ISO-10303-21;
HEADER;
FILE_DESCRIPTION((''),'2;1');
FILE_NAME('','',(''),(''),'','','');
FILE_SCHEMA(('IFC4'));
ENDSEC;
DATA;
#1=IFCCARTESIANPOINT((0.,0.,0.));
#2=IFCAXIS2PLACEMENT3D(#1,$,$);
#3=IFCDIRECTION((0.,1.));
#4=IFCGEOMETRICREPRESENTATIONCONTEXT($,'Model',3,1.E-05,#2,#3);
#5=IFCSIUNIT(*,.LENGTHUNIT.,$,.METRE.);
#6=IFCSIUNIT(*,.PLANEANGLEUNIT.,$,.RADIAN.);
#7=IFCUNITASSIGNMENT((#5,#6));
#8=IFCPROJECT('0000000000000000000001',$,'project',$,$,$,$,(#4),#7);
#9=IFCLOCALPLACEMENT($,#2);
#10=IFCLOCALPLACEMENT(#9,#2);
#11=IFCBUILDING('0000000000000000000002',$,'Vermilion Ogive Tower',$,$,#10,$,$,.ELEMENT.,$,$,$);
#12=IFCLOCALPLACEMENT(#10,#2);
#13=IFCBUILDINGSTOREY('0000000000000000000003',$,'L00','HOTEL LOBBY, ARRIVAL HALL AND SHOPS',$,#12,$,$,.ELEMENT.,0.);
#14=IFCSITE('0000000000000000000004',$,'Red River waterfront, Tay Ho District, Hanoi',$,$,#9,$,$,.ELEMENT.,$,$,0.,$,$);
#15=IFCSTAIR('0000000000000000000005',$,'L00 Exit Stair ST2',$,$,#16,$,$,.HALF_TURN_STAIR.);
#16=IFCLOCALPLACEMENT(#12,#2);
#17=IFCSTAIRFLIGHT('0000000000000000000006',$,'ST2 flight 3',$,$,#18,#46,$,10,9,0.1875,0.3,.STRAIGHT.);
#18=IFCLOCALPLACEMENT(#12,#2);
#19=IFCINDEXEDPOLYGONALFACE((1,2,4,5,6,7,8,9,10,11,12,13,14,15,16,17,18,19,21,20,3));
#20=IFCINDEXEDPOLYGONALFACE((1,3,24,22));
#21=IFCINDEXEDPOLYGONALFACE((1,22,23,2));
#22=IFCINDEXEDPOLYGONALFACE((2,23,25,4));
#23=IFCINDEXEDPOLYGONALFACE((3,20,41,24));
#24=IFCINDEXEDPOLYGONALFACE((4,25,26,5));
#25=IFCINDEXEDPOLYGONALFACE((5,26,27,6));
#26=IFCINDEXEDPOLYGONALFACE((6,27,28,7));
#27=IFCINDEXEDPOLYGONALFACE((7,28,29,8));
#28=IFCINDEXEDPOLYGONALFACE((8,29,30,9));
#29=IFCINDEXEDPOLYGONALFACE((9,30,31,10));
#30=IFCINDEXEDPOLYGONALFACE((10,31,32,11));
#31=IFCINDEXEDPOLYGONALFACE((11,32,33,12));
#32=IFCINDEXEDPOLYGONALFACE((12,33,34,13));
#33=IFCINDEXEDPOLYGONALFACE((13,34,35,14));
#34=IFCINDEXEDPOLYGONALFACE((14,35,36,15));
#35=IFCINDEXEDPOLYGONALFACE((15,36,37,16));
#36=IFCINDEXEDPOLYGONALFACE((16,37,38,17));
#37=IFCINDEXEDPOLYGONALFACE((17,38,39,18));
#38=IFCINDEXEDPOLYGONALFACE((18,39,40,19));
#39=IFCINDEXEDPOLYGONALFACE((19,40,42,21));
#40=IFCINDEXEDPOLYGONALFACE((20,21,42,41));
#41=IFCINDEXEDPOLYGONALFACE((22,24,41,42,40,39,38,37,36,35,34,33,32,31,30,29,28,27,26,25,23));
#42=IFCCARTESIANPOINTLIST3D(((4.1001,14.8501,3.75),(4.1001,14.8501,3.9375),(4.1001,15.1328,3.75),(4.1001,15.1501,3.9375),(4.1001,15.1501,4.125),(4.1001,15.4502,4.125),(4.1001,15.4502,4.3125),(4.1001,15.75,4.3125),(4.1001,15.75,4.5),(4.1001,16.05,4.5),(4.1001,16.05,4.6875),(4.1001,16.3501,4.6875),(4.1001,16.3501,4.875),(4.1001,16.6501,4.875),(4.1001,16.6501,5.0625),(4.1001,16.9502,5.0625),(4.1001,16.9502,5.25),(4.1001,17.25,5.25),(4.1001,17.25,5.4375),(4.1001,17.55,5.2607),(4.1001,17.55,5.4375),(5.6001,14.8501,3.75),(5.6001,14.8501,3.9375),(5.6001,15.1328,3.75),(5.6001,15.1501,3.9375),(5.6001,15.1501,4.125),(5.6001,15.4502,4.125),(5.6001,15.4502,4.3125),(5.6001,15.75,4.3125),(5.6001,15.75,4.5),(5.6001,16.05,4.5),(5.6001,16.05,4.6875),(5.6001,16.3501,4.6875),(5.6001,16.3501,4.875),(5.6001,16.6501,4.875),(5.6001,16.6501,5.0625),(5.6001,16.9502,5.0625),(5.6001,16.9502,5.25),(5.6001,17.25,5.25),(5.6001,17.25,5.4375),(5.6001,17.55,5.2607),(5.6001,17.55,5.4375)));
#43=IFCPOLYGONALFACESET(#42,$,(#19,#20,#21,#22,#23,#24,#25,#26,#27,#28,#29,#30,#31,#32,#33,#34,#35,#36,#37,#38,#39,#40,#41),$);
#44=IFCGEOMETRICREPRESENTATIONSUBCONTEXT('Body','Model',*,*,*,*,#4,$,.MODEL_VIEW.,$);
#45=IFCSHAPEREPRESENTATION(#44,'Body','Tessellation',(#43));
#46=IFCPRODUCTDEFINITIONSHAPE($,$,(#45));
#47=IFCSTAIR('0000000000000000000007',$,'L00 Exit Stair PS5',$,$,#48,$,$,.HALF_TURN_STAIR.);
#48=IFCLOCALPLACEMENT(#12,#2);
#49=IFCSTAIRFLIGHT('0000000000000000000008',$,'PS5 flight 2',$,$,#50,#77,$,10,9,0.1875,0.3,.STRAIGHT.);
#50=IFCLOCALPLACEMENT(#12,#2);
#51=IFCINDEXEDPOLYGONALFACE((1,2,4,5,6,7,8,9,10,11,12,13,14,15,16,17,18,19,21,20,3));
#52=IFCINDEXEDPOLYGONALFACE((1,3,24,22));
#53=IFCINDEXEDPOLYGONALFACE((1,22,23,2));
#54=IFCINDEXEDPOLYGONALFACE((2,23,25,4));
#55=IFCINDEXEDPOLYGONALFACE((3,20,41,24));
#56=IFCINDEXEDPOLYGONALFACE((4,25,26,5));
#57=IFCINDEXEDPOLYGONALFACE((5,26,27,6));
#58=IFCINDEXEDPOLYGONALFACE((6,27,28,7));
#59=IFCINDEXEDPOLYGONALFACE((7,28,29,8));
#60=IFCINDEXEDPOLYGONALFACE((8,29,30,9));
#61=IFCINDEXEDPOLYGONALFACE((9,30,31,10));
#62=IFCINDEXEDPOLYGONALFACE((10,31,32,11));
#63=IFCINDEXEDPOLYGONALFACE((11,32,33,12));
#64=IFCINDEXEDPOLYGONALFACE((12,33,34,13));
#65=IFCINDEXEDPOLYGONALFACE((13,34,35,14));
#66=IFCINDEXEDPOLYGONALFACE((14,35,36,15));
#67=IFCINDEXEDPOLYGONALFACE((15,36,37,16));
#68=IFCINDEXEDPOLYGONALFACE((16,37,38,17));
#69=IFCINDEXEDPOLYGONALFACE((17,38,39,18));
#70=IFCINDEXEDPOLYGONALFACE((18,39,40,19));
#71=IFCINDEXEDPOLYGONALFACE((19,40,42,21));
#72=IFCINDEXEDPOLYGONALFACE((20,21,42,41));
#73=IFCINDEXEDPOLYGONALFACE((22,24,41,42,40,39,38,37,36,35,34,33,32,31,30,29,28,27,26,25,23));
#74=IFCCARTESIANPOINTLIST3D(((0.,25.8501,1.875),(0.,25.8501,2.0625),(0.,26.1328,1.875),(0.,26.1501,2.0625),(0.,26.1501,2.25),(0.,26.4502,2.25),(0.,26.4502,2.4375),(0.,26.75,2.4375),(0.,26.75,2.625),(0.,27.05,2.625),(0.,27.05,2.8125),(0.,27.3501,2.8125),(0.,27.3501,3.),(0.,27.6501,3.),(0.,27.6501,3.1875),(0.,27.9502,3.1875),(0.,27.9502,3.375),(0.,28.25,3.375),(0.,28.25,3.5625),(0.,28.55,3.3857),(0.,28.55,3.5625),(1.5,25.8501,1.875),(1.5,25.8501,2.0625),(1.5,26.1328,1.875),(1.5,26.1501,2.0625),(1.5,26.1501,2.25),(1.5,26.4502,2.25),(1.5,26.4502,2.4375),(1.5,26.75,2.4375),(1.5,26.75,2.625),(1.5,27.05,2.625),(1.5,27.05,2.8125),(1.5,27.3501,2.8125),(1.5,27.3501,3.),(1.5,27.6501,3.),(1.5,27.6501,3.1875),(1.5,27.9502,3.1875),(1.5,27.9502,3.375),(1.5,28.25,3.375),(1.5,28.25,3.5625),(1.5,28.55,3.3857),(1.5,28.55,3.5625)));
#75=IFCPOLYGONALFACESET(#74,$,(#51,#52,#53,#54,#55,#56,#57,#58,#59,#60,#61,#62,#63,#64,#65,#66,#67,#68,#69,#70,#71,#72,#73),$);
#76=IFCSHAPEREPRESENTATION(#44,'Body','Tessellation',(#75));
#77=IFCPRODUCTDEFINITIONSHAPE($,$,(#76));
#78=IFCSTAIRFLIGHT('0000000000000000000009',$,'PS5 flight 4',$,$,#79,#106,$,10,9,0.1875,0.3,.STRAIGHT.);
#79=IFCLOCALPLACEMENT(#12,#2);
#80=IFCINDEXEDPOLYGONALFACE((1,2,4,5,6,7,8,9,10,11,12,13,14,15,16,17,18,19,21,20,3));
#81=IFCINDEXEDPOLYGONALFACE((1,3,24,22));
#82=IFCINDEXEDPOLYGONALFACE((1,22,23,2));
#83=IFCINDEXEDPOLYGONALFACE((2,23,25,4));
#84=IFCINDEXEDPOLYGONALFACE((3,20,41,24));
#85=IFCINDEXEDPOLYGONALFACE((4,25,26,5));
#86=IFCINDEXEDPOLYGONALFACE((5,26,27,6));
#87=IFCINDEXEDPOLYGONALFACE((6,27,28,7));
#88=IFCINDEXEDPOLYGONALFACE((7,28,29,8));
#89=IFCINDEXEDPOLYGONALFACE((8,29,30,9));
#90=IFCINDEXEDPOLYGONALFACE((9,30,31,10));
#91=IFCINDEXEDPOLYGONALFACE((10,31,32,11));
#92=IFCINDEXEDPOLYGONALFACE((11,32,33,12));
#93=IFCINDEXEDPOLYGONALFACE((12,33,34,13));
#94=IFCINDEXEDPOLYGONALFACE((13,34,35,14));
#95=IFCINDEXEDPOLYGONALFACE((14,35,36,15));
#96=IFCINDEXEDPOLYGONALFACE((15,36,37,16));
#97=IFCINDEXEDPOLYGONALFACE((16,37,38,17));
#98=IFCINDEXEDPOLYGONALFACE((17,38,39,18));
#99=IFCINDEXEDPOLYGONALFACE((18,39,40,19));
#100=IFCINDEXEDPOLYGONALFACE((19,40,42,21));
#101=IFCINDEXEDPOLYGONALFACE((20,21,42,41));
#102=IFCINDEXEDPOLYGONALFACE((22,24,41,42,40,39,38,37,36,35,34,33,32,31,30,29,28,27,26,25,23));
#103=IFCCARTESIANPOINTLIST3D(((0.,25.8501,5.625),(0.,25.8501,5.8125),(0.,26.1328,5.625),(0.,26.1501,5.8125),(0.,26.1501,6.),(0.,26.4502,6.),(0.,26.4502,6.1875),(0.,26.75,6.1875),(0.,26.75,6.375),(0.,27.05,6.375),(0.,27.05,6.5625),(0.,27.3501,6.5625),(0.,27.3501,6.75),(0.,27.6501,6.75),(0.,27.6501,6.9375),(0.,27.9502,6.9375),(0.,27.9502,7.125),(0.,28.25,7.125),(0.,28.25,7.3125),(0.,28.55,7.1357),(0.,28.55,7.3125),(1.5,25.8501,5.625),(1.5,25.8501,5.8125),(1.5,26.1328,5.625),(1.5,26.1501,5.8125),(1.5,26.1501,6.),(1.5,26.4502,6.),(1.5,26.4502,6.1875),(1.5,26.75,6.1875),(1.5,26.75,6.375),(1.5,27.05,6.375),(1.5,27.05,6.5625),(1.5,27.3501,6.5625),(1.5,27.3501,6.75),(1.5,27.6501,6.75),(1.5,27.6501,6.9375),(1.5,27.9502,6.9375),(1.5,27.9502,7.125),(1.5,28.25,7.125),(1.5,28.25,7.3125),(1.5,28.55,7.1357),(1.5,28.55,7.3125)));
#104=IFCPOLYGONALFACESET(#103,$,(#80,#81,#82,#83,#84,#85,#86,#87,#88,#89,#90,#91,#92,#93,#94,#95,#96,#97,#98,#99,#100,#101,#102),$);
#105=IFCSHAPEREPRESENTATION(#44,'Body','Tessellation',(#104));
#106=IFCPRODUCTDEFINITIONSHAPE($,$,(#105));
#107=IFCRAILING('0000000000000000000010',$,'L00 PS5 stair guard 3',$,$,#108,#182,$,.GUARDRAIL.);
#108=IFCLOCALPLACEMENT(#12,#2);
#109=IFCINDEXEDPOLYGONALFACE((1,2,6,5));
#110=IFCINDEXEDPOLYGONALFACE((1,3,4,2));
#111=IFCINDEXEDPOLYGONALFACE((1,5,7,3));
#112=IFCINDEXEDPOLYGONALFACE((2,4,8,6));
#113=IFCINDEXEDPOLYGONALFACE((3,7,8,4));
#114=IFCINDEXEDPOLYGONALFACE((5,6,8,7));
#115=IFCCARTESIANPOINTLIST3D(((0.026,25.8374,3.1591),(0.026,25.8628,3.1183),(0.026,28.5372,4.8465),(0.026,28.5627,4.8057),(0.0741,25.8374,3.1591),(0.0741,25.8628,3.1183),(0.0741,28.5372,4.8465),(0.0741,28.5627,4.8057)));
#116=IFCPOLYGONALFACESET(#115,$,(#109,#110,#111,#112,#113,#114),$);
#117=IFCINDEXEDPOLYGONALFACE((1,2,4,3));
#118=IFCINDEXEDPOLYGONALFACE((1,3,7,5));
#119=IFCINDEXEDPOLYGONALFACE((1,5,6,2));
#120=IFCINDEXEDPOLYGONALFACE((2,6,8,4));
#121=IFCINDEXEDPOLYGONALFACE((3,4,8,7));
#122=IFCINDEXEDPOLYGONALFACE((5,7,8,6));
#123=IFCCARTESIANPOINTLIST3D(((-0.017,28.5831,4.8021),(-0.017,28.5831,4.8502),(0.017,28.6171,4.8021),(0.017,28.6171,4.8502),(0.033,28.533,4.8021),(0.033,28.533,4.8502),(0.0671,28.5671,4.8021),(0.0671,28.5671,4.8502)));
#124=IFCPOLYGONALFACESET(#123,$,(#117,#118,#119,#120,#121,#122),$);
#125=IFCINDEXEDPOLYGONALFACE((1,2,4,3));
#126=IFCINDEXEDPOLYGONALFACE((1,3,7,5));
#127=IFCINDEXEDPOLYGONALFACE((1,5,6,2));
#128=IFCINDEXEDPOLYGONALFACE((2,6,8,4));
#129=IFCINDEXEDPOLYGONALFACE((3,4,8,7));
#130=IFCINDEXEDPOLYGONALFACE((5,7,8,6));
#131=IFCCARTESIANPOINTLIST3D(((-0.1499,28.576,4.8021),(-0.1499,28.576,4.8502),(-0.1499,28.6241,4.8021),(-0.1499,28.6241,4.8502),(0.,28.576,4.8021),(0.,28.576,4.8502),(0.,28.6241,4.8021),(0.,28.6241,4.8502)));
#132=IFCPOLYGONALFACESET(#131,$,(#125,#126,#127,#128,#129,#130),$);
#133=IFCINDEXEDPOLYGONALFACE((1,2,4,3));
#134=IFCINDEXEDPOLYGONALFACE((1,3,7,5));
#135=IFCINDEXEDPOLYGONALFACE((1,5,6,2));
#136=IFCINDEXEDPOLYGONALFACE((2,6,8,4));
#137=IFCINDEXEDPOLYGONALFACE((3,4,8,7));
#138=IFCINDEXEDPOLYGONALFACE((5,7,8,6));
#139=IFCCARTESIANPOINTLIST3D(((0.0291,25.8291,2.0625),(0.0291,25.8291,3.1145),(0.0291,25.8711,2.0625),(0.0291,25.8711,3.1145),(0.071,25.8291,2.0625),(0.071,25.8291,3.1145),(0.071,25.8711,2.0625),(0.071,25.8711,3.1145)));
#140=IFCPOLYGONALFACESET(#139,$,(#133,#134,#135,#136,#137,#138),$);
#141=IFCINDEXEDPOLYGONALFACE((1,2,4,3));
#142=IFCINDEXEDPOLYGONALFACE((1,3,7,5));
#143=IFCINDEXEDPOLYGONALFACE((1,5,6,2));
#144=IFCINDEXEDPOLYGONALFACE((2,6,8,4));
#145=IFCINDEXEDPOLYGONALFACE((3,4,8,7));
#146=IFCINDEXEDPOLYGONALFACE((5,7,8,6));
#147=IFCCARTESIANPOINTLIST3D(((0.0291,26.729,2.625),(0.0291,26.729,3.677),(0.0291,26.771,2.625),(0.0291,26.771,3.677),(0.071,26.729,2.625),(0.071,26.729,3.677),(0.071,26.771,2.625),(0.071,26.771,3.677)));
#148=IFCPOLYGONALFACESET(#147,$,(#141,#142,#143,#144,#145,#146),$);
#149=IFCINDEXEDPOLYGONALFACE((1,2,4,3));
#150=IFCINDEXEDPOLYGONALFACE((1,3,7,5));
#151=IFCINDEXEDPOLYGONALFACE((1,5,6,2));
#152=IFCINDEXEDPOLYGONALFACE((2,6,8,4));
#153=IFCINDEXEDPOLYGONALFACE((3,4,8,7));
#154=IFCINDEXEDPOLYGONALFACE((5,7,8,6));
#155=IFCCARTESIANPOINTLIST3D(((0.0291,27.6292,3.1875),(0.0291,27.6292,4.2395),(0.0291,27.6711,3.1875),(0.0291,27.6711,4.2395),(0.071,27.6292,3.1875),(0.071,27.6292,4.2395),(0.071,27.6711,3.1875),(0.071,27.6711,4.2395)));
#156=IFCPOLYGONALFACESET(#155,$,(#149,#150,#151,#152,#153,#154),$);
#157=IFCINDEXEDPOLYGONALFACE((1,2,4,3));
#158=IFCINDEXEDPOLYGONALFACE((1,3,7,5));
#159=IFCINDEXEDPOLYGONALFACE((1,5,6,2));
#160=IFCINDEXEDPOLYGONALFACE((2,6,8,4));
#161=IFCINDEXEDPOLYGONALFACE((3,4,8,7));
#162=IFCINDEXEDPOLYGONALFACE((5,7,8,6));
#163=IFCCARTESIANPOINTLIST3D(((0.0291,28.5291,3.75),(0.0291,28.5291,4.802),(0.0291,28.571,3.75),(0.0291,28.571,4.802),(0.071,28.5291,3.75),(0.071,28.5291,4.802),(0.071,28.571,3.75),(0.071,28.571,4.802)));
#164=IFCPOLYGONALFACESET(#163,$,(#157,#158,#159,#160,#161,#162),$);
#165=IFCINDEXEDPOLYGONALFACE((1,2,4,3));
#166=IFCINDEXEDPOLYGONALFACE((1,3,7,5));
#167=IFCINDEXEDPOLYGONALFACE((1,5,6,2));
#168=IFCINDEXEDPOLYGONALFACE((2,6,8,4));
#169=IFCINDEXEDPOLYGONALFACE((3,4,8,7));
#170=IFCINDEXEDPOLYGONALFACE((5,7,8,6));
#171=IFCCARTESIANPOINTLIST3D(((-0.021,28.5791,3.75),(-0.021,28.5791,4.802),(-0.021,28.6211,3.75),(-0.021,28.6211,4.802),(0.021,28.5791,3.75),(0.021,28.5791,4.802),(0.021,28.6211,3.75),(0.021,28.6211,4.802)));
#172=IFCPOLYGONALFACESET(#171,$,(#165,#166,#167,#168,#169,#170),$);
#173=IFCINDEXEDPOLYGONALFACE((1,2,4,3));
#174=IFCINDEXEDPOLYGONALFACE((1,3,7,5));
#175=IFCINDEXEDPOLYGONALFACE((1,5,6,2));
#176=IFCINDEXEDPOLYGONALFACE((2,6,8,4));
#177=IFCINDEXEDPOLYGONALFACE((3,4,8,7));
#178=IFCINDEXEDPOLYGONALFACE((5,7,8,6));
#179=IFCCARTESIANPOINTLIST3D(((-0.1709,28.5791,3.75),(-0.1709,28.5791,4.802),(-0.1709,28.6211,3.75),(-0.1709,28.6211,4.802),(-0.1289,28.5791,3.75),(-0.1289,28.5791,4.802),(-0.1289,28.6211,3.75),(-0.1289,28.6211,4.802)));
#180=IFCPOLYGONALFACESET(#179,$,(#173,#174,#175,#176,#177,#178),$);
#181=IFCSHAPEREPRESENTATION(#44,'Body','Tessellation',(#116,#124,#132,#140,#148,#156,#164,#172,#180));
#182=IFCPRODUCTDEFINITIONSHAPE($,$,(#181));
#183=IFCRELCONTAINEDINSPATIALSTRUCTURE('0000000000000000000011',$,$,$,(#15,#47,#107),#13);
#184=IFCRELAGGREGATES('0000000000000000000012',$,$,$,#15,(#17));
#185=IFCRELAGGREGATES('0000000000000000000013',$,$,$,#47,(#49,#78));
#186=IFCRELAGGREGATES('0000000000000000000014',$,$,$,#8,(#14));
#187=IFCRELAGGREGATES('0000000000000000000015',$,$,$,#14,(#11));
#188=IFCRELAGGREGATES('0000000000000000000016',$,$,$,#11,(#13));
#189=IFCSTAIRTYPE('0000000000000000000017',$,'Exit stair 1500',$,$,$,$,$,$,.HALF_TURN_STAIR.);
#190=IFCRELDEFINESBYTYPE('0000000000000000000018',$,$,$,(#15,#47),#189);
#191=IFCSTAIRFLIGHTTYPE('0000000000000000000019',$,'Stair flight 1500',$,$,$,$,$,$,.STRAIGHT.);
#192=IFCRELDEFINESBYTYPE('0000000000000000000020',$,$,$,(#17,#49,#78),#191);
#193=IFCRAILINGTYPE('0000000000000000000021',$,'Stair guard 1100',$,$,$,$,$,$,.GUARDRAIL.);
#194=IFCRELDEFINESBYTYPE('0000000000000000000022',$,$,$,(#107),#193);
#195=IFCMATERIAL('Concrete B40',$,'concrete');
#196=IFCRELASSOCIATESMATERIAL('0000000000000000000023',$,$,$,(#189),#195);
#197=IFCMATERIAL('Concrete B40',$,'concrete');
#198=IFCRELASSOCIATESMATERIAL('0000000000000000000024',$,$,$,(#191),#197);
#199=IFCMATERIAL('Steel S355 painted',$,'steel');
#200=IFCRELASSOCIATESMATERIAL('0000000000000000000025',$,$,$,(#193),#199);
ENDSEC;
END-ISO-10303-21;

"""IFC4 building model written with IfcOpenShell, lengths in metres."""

from ifc_helpers import new_model, si_unit, direction, frame, origin, origin_2d, place, context, subcontext, project, spatial, polyline, rectangle, outline, extrude, material, type_object, element, aggregate, save


model = new_model("IFC4")

# Units and contexts
model_context = context("Model", 3, precision=1e-05, world=origin(), true_north=direction((0.0, 1.0)))
body_context = subcontext(model_context, "Body", "Model", "MODEL_VIEW")
ifc_project = project(units=[si_unit("LENGTHUNIT", "METRE"), si_unit("PLANEANGLEUNIT", "RADIAN")], contexts=[model_context])

# Site, building, storey
site_placement = place(None, origin())
site = spatial("IfcSite", under=ifc_project, at=site_placement, Name="Red River waterfront, Tay Ho District, Hanoi", CompositionType="ELEMENT", RefElevation=0.0)
building_placement = place(site_placement, origin())
building = spatial("IfcBuilding", under=site, at=building_placement, Name="Vermilion Ogive Tower", CompositionType="ELEMENT")
storey_placement = place(building_placement, origin())
storey = spatial("IfcBuildingStorey", under=building, at=storey_placement, Name="L00", Description="HOTEL LOBBY, ARRIVAL HALL AND SHOPS", CompositionType="ELEMENT", Elevation=0.0)

# Stairs, stair flights
ifc_material_1 = material(Name="Concrete B40", Category="concrete")
stair_type = type_object("IfcStairType", Name="Exit stair 1500", PredefinedType="HALF_TURN_STAIR", material=ifc_material_1)
stair_1_placement = place(storey_placement, origin())
stair_1 = element("IfcStair", 1, at=stair_1_placement, inside=storey, type_object=stair_type, Name="L00 Exit Stair ST2", PredefinedType="HALF_TURN_STAIR")
ifc_material_2 = material(Name="Concrete B40", Category="concrete")
stair_flight_type = type_object("IfcStairFlightType", Name="Stair flight 1500", PredefinedType="STRAIGHT", material=ifc_material_2)
stair_flight_1_placement = place(storey_placement, frame((4.8501, 14.8501, 3.75), z_axis=(0.0, 0.0, 1.0), x_axis=(0.0, 1.0, 0.0)))
stair_flight_1 = element("IfcStairFlight", 2, at=stair_flight_1_placement, type_object=stair_flight_type, Name="ST2 flight 3", NumberOfRisers=10, NumberOfTreads=9, PredefinedType="STRAIGHT", RiserHeight=0.1875, TreadLength=0.3, context=body_context, shape_type="SweptSolid", body=[
    extrude(outline(polyline([(0.0, 0.0), (0.0, 0.1875), (0.3, 0.1875), (0.3, 0.375), (0.6001, 0.375), (0.6001, 0.5625), (0.8999, 0.5625), (0.8999, 0.75), (1.2, 0.75), (1.2, 0.9375), (1.5, 0.9375), (1.5, 1.125), (1.8, 1.125), (1.8, 1.3125), (2.1001, 1.3125), (2.1001, 1.5), (2.3999, 1.5), (2.3999, 1.6875), (2.7, 1.6875), (2.7, 1.875), (2.7, 1.5107), (0.2827, 0.0), (0.0, 0.0)])), frame((0.0, 0.75, 0.0), z_axis=(0.0, -1.0, 0.0), x_axis=(1.0, 0.0, 0.0)), (0.0, 0.0, 1.0), 1.5),
])
aggregate(stair_1, [stair_flight_1])
stair_2_placement = place(storey_placement, origin())
stair_2 = element("IfcStair", 3, at=stair_2_placement, inside=storey, type_object=stair_type, Name="L00 Exit Stair PS5", PredefinedType="HALF_TURN_STAIR")
stair_flight_2_placement = place(storey_placement, frame((0.75, 25.8501, 1.875), z_axis=(0.0, 0.0, 1.0), x_axis=(0.0, 1.0, 0.0)))
stair_flight_2 = element("IfcStairFlight", 4, at=stair_flight_2_placement, type_object=stair_flight_type, Name="PS5 flight 2", NumberOfRisers=10, NumberOfTreads=9, PredefinedType="STRAIGHT", RiserHeight=0.1875, TreadLength=0.3, context=body_context, shape_type="SweptSolid", body=[
    extrude(outline(polyline([(0.0, 0.0), (0.0, 0.1875), (0.3, 0.1875), (0.3, 0.375), (0.6001, 0.375), (0.6001, 0.5625), (0.8999, 0.5625), (0.8999, 0.75), (1.2, 0.75), (1.2, 0.9375), (1.5, 0.9375), (1.5, 1.125), (1.8, 1.125), (1.8, 1.3125), (2.1001, 1.3125), (2.1001, 1.5), (2.3999, 1.5), (2.3999, 1.6875), (2.7, 1.6875), (2.7, 1.875), (2.7, 1.5107), (0.2827, 0.0), (0.0, 0.0)])), frame((0.0, 0.75, 0.0), z_axis=(0.0, -1.0, 0.0), x_axis=(1.0, 0.0, 0.0)), (0.0, 0.0, 1.0), 1.5),
])
stair_flight_3_placement = place(storey_placement, frame((0.75, 25.8501, 5.625), z_axis=(0.0, 0.0, 1.0), x_axis=(0.0, 1.0, 0.0)))
stair_flight_3 = element("IfcStairFlight", 5, at=stair_flight_3_placement, type_object=stair_flight_type, Name="PS5 flight 4", NumberOfRisers=10, NumberOfTreads=9, PredefinedType="STRAIGHT", RiserHeight=0.1875, TreadLength=0.3, context=body_context, shape_type="SweptSolid", body=[
    extrude(outline(polyline([(0.0, 0.0), (0.0, 0.1875), (0.3, 0.1875), (0.3, 0.375), (0.6001, 0.375), (0.6001, 0.5625), (0.8999, 0.5625), (0.8999, 0.75), (1.2, 0.75), (1.2, 0.9375), (1.5, 0.9375), (1.5, 1.125), (1.8, 1.125), (1.8, 1.3125), (2.1001, 1.3125), (2.1001, 1.5), (2.3999, 1.5), (2.3999, 1.6875), (2.7, 1.6875), (2.7, 1.875), (2.7, 1.5107), (0.2827, 0.0), (0.0, 0.0)])), frame((0.0, 0.75, 0.0), z_axis=(0.0, -1.0, 0.0), x_axis=(1.0, 0.0, 0.0)), (0.0, 0.0, 1.0), 1.5),
])
aggregate(stair_2, [stair_flight_2, stair_flight_3])

# Railing
ifc_material_3 = material(Name="Steel S355 painted", Category="steel")
railing_type_1 = type_object("IfcRailingType", Name="Stair guard 1100", PredefinedType="GUARDRAIL", material=ifc_material_3)
railing_1_placement = place(storey_placement, frame((0.05, 25.8501, 2.0625)))
element("IfcRailing", 6, at=railing_1_placement, inside=storey, type_object=railing_type_1, Name="L00 PS5 stair guard 3", PredefinedType="GUARDRAIL", context=body_context, shape_type="SweptSolid", body=[
    extrude(rectangle(XDim=0.0481, YDim=0.0481, at=origin_2d()), frame((0.0, 0.0, 1.0762), z_axis=(0.0, 0.847994, 0.530006), x_axis=(-1.0, 0.0, 0.0)), (0.0, 0.0, 1.0), 3.1838),
    extrude(rectangle(XDim=0.0481, YDim=0.0481, at=origin_2d()), frame((0.0, 2.7, 2.7637), z_axis=(-0.707107, 0.707107, 0.0), x_axis=(-0.707107, -0.707107, 0.0)), (0.0, 0.0, 1.0), 0.0708),
    extrude(rectangle(XDim=0.0481, YDim=0.0481, at=origin_2d()), frame((-0.05, 2.75, 2.7637), z_axis=(-1.0, 0.0, 0.0), x_axis=(0.0, -1.0, 0.0)), (0.0, 0.0, 1.0), 0.1499),
    extrude(rectangle(XDim=0.042, YDim=0.042, at=origin_2d()), origin(), (0.0, 0.0, 1.0), 1.052),
    extrude(rectangle(XDim=0.042, YDim=0.042, at=origin_2d()), frame((0.0, 0.8999, 0.5625)), (0.0, 0.0, 1.0), 1.052),
    extrude(rectangle(XDim=0.042, YDim=0.042, at=origin_2d()), frame((0.0, 1.8, 1.125)), (0.0, 0.0, 1.0), 1.052),
    extrude(rectangle(XDim=0.042, YDim=0.042, at=origin_2d()), frame((0.0, 2.7, 1.6875)), (0.0, 0.0, 1.0), 1.052),
    extrude(rectangle(XDim=0.042, YDim=0.042, at=origin_2d()), frame((-0.05, 2.75, 1.6875)), (0.0, 0.0, 1.0), 1.052),
    extrude(rectangle(XDim=0.042, YDim=0.042, at=origin_2d()), frame((-0.2, 2.75, 1.6875)), (0.0, 0.0, 1.0), 1.052),
])

save(model, "model.ifc")
